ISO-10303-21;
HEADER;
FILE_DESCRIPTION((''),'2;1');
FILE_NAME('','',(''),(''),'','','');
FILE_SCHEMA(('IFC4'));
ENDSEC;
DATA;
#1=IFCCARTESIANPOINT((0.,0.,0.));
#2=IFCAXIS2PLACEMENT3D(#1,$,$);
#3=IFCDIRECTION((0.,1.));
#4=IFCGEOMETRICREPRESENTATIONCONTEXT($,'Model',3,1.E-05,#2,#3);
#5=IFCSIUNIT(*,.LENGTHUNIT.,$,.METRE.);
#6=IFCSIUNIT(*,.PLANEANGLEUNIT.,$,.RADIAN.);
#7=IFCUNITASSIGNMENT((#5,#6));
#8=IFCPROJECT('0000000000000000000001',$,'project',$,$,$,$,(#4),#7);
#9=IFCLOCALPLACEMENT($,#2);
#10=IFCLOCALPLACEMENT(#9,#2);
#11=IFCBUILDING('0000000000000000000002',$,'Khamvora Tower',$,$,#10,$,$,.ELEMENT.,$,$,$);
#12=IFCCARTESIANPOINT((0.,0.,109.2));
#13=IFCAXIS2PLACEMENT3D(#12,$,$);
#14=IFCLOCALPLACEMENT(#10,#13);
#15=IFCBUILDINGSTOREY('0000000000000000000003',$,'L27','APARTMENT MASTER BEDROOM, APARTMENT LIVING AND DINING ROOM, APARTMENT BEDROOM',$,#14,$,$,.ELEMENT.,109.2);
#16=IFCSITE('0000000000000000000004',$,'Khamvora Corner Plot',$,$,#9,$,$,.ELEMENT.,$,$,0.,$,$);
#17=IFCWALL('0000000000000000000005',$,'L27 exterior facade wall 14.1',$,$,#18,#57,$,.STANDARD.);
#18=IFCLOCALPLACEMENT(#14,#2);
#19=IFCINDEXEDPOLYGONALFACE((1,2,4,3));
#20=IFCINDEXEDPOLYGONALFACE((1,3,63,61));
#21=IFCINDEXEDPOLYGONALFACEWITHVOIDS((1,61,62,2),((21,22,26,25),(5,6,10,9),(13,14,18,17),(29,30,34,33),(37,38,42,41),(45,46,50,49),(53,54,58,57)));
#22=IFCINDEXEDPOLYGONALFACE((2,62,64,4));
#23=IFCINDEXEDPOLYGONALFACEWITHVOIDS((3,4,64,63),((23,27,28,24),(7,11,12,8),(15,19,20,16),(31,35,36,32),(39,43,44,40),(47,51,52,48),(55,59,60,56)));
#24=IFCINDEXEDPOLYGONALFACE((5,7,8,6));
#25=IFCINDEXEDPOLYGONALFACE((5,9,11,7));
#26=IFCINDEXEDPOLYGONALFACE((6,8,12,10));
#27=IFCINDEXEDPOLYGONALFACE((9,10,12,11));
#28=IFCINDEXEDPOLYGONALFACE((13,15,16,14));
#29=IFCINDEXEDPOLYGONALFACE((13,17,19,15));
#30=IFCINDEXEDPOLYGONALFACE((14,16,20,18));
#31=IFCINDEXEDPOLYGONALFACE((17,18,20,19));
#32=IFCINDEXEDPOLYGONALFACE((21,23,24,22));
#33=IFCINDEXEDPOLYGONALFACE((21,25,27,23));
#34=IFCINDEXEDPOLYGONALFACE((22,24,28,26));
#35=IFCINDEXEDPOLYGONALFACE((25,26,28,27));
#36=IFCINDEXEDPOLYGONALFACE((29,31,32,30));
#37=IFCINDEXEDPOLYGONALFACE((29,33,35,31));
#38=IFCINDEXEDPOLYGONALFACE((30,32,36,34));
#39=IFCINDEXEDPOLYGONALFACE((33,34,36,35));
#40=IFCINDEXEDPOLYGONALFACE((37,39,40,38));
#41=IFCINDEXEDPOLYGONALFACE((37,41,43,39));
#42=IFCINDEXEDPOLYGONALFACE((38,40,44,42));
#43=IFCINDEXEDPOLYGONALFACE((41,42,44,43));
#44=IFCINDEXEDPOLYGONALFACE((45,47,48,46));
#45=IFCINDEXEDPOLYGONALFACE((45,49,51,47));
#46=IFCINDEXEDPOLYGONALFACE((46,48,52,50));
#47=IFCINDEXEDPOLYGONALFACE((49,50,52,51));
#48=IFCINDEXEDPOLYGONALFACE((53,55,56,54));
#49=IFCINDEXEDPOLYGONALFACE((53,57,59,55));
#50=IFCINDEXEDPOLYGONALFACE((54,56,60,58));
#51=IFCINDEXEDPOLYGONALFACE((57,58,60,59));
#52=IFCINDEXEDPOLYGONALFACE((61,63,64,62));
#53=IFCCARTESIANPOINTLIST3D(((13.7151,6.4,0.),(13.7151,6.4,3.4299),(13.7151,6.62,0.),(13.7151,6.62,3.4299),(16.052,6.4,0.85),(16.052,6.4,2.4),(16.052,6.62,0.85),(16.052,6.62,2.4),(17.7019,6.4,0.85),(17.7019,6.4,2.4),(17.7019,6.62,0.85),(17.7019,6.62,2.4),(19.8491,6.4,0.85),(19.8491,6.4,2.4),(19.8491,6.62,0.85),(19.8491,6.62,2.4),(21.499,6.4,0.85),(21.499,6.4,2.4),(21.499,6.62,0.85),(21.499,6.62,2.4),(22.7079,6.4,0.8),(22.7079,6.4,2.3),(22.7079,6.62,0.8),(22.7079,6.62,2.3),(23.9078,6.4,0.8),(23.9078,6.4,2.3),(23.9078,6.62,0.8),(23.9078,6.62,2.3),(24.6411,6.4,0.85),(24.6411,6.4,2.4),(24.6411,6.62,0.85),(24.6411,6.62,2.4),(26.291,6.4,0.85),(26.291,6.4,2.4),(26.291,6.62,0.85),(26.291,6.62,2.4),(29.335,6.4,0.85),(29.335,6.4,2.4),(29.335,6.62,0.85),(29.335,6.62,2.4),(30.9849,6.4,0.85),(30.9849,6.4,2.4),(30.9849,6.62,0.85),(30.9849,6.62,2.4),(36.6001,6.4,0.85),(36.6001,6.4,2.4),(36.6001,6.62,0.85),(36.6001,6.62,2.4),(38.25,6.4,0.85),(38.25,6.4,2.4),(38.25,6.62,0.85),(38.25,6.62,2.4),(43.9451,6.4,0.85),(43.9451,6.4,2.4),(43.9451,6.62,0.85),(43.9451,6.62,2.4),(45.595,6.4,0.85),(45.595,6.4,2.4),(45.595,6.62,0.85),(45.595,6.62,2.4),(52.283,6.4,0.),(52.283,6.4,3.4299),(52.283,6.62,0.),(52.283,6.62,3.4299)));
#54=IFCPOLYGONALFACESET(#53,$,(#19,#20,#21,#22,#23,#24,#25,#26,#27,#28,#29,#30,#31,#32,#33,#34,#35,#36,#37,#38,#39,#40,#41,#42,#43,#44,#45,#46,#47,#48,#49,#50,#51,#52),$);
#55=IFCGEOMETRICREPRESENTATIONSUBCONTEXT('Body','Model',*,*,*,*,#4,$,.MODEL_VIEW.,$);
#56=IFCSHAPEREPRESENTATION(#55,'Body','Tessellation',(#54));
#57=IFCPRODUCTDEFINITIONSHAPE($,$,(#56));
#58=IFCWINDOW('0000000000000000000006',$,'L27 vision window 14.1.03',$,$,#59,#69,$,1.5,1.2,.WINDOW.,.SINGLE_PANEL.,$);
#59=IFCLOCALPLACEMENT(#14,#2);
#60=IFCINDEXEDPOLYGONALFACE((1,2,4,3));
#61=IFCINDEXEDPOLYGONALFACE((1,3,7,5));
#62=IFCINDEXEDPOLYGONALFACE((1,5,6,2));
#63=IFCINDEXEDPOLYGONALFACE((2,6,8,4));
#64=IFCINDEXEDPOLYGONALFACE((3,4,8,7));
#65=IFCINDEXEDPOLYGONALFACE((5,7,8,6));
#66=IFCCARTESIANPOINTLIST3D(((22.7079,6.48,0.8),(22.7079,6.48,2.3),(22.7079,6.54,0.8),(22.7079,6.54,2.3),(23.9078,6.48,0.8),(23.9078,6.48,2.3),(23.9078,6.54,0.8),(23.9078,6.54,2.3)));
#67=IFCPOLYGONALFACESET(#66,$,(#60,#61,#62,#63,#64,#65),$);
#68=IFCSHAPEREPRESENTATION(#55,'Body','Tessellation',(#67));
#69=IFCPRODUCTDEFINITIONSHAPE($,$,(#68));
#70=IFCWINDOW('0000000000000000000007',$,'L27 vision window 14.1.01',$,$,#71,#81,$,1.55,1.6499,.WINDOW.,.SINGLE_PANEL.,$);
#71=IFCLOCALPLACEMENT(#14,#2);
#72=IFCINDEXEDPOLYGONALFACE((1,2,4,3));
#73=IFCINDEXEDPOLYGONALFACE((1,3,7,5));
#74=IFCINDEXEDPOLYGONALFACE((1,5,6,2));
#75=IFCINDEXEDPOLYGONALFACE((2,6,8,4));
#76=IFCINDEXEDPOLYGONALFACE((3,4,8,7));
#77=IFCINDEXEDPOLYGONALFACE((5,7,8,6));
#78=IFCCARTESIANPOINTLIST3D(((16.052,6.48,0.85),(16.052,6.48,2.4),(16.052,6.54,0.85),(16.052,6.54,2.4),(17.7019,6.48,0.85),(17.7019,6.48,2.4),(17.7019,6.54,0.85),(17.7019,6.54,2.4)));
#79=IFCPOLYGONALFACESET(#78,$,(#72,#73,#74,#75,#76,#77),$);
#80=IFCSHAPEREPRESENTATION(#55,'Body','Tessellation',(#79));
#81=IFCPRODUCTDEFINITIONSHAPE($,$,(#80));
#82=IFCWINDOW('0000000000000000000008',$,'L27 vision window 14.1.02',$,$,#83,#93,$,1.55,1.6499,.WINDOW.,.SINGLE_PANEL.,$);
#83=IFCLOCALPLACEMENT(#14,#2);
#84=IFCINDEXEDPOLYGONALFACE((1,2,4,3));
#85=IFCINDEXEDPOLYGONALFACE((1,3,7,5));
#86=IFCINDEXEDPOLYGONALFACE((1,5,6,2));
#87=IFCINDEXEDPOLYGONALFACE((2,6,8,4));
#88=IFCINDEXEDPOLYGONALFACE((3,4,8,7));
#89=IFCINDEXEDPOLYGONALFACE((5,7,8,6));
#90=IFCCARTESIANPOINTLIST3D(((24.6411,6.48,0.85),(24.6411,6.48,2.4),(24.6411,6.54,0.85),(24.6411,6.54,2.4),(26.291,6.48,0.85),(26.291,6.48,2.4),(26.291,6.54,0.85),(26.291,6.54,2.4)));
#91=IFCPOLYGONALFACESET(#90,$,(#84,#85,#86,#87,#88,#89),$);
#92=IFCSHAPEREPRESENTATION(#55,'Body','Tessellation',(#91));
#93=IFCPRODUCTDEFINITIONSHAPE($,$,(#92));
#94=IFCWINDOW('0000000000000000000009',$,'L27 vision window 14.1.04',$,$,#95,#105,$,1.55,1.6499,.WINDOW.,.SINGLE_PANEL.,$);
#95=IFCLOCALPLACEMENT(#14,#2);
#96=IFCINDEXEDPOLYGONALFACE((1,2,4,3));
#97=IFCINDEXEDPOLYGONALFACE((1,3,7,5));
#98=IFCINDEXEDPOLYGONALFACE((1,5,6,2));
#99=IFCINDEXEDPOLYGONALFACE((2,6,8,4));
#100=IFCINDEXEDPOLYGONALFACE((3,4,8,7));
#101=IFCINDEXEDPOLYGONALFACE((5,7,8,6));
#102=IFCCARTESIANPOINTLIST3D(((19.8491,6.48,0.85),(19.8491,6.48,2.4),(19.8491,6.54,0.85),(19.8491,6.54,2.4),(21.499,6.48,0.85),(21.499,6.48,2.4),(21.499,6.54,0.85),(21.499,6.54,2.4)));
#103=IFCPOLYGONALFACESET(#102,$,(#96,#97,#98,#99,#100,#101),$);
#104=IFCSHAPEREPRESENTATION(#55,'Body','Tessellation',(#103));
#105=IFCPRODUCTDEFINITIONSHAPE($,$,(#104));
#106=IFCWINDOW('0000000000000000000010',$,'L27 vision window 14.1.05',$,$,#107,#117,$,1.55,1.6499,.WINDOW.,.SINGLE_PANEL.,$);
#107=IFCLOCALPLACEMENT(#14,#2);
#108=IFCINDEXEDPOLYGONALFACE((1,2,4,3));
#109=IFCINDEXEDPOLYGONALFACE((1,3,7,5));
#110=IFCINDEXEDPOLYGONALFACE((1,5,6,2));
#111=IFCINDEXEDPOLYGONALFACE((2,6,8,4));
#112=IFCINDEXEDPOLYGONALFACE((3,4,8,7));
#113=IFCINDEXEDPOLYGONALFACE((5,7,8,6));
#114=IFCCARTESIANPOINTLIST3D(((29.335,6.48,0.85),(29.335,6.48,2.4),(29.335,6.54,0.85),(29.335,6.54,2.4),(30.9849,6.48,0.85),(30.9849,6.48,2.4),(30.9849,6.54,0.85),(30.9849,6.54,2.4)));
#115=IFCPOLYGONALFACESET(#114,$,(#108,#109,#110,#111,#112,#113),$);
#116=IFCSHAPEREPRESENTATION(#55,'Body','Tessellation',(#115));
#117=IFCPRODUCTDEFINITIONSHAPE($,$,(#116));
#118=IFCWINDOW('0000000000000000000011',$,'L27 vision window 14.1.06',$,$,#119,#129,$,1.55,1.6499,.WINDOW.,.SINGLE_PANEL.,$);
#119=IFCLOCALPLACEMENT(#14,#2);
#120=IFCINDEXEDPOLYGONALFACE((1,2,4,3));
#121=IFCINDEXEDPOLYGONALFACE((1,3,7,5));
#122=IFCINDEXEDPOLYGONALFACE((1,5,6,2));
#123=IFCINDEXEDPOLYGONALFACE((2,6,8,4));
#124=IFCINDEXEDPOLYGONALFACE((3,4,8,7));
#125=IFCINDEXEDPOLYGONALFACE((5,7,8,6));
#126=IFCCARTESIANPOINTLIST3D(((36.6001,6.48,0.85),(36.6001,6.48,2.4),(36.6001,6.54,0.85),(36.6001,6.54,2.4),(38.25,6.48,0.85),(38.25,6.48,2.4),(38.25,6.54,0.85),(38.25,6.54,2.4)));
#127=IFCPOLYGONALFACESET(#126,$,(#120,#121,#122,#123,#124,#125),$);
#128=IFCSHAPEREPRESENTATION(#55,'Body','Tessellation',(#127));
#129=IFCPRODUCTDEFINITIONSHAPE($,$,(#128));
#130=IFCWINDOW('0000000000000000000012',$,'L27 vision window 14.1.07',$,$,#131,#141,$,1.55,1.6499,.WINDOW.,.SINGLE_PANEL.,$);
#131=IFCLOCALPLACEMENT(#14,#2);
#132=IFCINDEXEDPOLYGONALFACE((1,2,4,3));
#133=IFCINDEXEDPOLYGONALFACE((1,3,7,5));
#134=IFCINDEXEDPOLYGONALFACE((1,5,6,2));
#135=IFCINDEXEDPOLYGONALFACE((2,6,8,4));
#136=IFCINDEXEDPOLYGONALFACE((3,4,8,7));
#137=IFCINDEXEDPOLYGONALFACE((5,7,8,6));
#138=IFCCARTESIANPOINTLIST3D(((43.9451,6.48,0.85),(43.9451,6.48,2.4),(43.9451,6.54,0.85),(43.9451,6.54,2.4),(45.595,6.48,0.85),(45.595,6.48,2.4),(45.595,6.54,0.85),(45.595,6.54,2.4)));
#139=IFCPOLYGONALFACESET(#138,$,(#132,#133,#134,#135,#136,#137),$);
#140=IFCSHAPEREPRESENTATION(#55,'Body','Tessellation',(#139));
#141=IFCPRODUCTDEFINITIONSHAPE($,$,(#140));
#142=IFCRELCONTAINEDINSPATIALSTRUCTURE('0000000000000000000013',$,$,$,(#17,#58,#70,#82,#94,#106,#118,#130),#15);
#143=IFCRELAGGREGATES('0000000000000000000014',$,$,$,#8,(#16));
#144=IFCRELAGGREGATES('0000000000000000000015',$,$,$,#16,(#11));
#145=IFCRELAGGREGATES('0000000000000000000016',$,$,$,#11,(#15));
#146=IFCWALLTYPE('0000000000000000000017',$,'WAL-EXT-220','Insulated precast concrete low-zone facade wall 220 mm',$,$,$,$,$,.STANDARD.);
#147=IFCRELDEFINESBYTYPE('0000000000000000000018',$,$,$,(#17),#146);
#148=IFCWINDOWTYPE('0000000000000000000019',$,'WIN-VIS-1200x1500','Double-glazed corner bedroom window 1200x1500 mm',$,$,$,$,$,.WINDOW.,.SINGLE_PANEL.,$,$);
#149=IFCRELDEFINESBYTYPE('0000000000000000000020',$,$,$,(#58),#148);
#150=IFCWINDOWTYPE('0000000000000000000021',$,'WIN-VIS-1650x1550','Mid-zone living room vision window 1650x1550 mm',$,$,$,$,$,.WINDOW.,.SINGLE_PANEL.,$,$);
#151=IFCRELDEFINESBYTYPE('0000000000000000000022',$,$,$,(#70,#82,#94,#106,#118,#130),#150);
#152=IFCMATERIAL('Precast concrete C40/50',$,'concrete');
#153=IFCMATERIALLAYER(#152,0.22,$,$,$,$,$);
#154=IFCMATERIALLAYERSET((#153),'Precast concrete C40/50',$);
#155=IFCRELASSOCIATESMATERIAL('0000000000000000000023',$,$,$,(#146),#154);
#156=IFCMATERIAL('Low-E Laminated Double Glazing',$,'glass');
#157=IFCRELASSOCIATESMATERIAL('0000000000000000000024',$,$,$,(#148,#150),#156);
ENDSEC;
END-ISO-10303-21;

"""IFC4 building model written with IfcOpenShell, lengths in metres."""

from ifc_helpers import new_model, si_unit, direction, frame, frame_2d, origin, place, context, subcontext, project, spatial, rectangle, extrude, material, layer, layer_set, type_object, element, fill, save


model = new_model("IFC4")

# Units and contexts
model_context = context("Model", 3, precision=1e-05, world=origin(), true_north=direction((0.0, 1.0)))
body_context = subcontext(model_context, "Body", "Model", "MODEL_VIEW")
ifc_project = project(units=[si_unit("LENGTHUNIT", "METRE"), si_unit("PLANEANGLEUNIT", "RADIAN")], contexts=[model_context])

# Site, building, storey
site_placement = place(None, origin())
site = spatial("IfcSite", under=ifc_project, at=site_placement, Name="Khamvora Corner Plot", CompositionType="ELEMENT", RefElevation=0.0)
building_placement = place(site_placement, origin())
building = spatial("IfcBuilding", under=site, at=building_placement, Name="Khamvora Tower", CompositionType="ELEMENT")
storey_placement = place(building_placement, frame((0.0, 0.0, 109.2)))
storey = spatial("IfcBuildingStorey", under=building, at=storey_placement, Name="L27", Description="APARTMENT MASTER BEDROOM, APARTMENT LIVING AND DINING ROOM, APARTMENT BEDROOM", CompositionType="ELEMENT", Elevation=109.2)

# Shared definitions
ifc_material_1 = material(Name="Precast concrete C40/50", Category="concrete")
ifc_layer_1 = layer(ifc_material_1, 0.22)
ifc_layer_set_1 = layer_set([ifc_layer_1], Name="Precast concrete C40/50")
wall_type_1 = type_object("IfcWallType", Name="WAL-EXT-220", Description="Insulated precast concrete low-zone facade wall 220 mm", PredefinedType="STANDARD", material=ifc_layer_set_1)

# Wall, openings, windows
wall_1_placement = place(storey_placement, frame((52.283, 6.51, 0.0), z_axis=(0.0, 0.0, 1.0), x_axis=(-1.0, 0.0, 0.0)))
wall_1 = element("IfcWall", 1, at=wall_1_placement, inside=storey, type_object=wall_type_1, Name="L27 exterior facade wall 14.1", PredefinedType="STANDARD", context=body_context, shape_type="SweptSolid", body=[
    extrude(rectangle(XDim=38.5679, YDim=0.22, at=frame_2d((19.2839, 0.0))), origin(), (0.0, 0.0, 1.0), 3.4299),
])
opening_1_placement = place(wall_1_placement, frame((34.5811, 0.0, 0.8501)))
opening_1 = element("IfcOpeningElement", 2, at=opening_1_placement, cuts=wall_1, PredefinedType="OPENING", context=body_context, shape_type="SweptSolid", body=[
    extrude(rectangle(XDim=1.6499, YDim=1.55, at=frame_2d((0.825, 0.7749))), frame((0.0, 0.1199, 0.0), z_axis=(0.0, -1.0, 0.0), x_axis=(1.0, 0.0, 0.0)), (0.0, 0.0, 1.0), 0.24),
])
opening_2_placement = place(wall_1_placement, frame((25.9919, 0.0, 0.8501)))
opening_2 = element("IfcOpeningElement", 3, at=opening_2_placement, cuts=wall_1, PredefinedType="OPENING", context=body_context, shape_type="SweptSolid", body=[
    extrude(rectangle(XDim=1.6499, YDim=1.55, at=frame_2d((0.825, 0.7749))), frame((0.0, 0.1199, 0.0), z_axis=(0.0, -1.0, 0.0), x_axis=(1.0, 0.0, 0.0)), (0.0, 0.0, 1.0), 0.24),
])
opening_3_placement = place(wall_1_placement, frame((28.375, 0.0, 0.8)))
opening_3 = element("IfcOpeningElement", 4, at=opening_3_placement, cuts=wall_1, PredefinedType="OPENING", context=body_context, shape_type="SweptSolid", body=[
    extrude(rectangle(XDim=1.2, YDim=1.5, at=frame_2d((0.6001, 0.75))), frame((0.0, 0.1199, 0.0), z_axis=(0.0, -1.0, 0.0), x_axis=(1.0, 0.0, 0.0)), (0.0, 0.0, 1.0), 0.24),
])
opening_4_placement = place(wall_1_placement, frame((30.7839, 0.0, 0.8501)))
opening_4 = element("IfcOpeningElement", 5, at=opening_4_placement, cuts=wall_1, PredefinedType="OPENING", context=body_context, shape_type="SweptSolid", body=[
    extrude(rectangle(XDim=1.6499, YDim=1.55, at=frame_2d((0.825, 0.7749))), frame((0.0, 0.1199, 0.0), z_axis=(0.0, -1.0, 0.0), x_axis=(1.0, 0.0, 0.0)), (0.0, 0.0, 1.0), 0.24),
])
opening_5_placement = place(wall_1_placement, frame((21.2981, 0.0, 0.8501)))
opening_5 = element("IfcOpeningElement", 6, at=opening_5_placement, cuts=wall_1, PredefinedType="OPENING", context=body_context, shape_type="SweptSolid", body=[
    extrude(rectangle(XDim=1.6499, YDim=1.55, at=frame_2d((0.825, 0.7749))), frame((0.0, 0.1199, 0.0), z_axis=(0.0, -1.0, 0.0), x_axis=(1.0, 0.0, 0.0)), (0.0, 0.0, 1.0), 0.24),
])
opening_6_placement = place(wall_1_placement, frame((14.033, 0.0, 0.8501)))
opening_6 = element("IfcOpeningElement", 7, at=opening_6_placement, cuts=wall_1, PredefinedType="OPENING", context=body_context, shape_type="SweptSolid", body=[
    extrude(rectangle(XDim=1.6499, YDim=1.55, at=frame_2d((0.825, 0.7749))), frame((0.0, 0.1199, 0.0), z_axis=(0.0, -1.0, 0.0), x_axis=(1.0, 0.0, 0.0)), (0.0, 0.0, 1.0), 0.24),
])
opening_7_placement = place(wall_1_placement, frame((6.688, 0.0, 0.8501)))
opening_7 = element("IfcOpeningElement", 8, at=opening_7_placement, cuts=wall_1, PredefinedType="OPENING", context=body_context, shape_type="SweptSolid", body=[
    extrude(rectangle(XDim=1.6499, YDim=1.55, at=frame_2d((0.825, 0.7749))), frame((0.0, 0.1199, 0.0), z_axis=(0.0, -1.0, 0.0), x_axis=(1.0, 0.0, 0.0)), (0.0, 0.0, 1.0), 0.24),
])
ifc_material_2 = material(Name="Low-E Laminated Double Glazing", Category="glass")
window_type_1 = type_object("IfcWindowType", Name="WIN-VIS-1200x1500", Description="Double-glazed corner bedroom window 1200x1500 mm", PartitioningType="SINGLE_PANEL", PredefinedType="WINDOW", material=ifc_material_2)
window_1_placement = place(opening_3_placement, origin())
window_1 = element("IfcWindow", 9, at=window_1_placement, inside=storey, type_object=window_type_1, Name="L27 vision window 14.1.03", OverallHeight=1.5, OverallWidth=1.2, PartitioningType="SINGLE_PANEL", PredefinedType="WINDOW", context=body_context, shape_type="SweptSolid", body=[
    extrude(rectangle(XDim=1.2, YDim=1.5, at=frame_2d((0.6001, 0.75))), frame((0.0, 0.03, 0.0), z_axis=(0.0, -1.0, 0.0), x_axis=(1.0, 0.0, 0.0)), (0.0, 0.0, 1.0), 0.0601),
])
fill(opening_3, window_1)
window_type_2 = type_object("IfcWindowType", Name="WIN-VIS-1650x1550", Description="Mid-zone living room vision window 1650x1550 mm", PartitioningType="SINGLE_PANEL", PredefinedType="WINDOW", material=ifc_material_2)
window_2_placement = place(opening_1_placement, origin())
window_2 = element("IfcWindow", 10, at=window_2_placement, inside=storey, type_object=window_type_2, Name="L27 vision window 14.1.01", OverallHeight=1.55, OverallWidth=1.6499, PartitioningType="SINGLE_PANEL", PredefinedType="WINDOW", context=body_context, shape_type="SweptSolid", body=[
    extrude(rectangle(XDim=1.6499, YDim=1.55, at=frame_2d((0.825, 0.7749))), frame((0.0, 0.03, 0.0), z_axis=(0.0, -1.0, 0.0), x_axis=(1.0, 0.0, 0.0)), (0.0, 0.0, 1.0), 0.0601),
])
fill(opening_1, window_2)
window_3_placement = place(opening_2_placement, origin())
window_3 = element("IfcWindow", 11, at=window_3_placement, inside=storey, type_object=window_type_2, Name="L27 vision window 14.1.02", OverallHeight=1.55, OverallWidth=1.6499, PartitioningType="SINGLE_PANEL", PredefinedType="WINDOW", context=body_context, shape_type="SweptSolid", body=[
    extrude(rectangle(XDim=1.6499, YDim=1.55, at=frame_2d((0.825, 0.7749))), frame((0.0, 0.03, 0.0), z_axis=(0.0, -1.0, 0.0), x_axis=(1.0, 0.0, 0.0)), (0.0, 0.0, 1.0), 0.0601),
])
fill(opening_2, window_3)
window_4_placement = place(opening_4_placement, origin())
window_4 = element("IfcWindow", 12, at=window_4_placement, inside=storey, type_object=window_type_2, Name="L27 vision window 14.1.04", OverallHeight=1.55, OverallWidth=1.6499, PartitioningType="SINGLE_PANEL", PredefinedType="WINDOW", context=body_context, shape_type="SweptSolid", body=[
    extrude(rectangle(XDim=1.6499, YDim=1.55, at=frame_2d((0.825, 0.7749))), frame((0.0, 0.03, 0.0), z_axis=(0.0, -1.0, 0.0), x_axis=(1.0, 0.0, 0.0)), (0.0, 0.0, 1.0), 0.0601),
])
fill(opening_4, window_4)
window_5_placement = place(opening_5_placement, origin())
window_5 = element("IfcWindow", 13, at=window_5_placement, inside=storey, type_object=window_type_2, Name="L27 vision window 14.1.05", OverallHeight=1.55, OverallWidth=1.6499, PartitioningType="SINGLE_PANEL", PredefinedType="WINDOW", context=body_context, shape_type="SweptSolid", body=[
    extrude(rectangle(XDim=1.6499, YDim=1.55, at=frame_2d((0.825, 0.7749))), frame((0.0, 0.03, 0.0), z_axis=(0.0, -1.0, 0.0), x_axis=(1.0, 0.0, 0.0)), (0.0, 0.0, 1.0), 0.0601),
])
fill(opening_5, window_5)
window_6_placement = place(opening_6_placement, origin())
window_6 = element("IfcWindow", 14, at=window_6_placement, inside=storey, type_object=window_type_2, Name="L27 vision window 14.1.06", OverallHeight=1.55, OverallWidth=1.6499, PartitioningType="SINGLE_PANEL", PredefinedType="WINDOW", context=body_context, shape_type="SweptSolid", body=[
    extrude(rectangle(XDim=1.6499, YDim=1.55, at=frame_2d((0.825, 0.7749))), frame((0.0, 0.03, 0.0), z_axis=(0.0, -1.0, 0.0), x_axis=(1.0, 0.0, 0.0)), (0.0, 0.0, 1.0), 0.0601),
])
fill(opening_6, window_6)
window_7_placement = place(opening_7_placement, origin())
window_7 = element("IfcWindow", 15, at=window_7_placement, inside=storey, type_object=window_type_2, Name="L27 vision window 14.1.07", OverallHeight=1.55, OverallWidth=1.6499, PartitioningType="SINGLE_PANEL", PredefinedType="WINDOW", context=body_context, shape_type="SweptSolid", body=[
    extrude(rectangle(XDim=1.6499, YDim=1.55, at=frame_2d((0.825, 0.7749))), frame((0.0, 0.03, 0.0), z_axis=(0.0, -1.0, 0.0), x_axis=(1.0, 0.0, 0.0)), (0.0, 0.0, 1.0), 0.0601),
])
fill(opening_7, window_7)

save(model, "model.ifc")
